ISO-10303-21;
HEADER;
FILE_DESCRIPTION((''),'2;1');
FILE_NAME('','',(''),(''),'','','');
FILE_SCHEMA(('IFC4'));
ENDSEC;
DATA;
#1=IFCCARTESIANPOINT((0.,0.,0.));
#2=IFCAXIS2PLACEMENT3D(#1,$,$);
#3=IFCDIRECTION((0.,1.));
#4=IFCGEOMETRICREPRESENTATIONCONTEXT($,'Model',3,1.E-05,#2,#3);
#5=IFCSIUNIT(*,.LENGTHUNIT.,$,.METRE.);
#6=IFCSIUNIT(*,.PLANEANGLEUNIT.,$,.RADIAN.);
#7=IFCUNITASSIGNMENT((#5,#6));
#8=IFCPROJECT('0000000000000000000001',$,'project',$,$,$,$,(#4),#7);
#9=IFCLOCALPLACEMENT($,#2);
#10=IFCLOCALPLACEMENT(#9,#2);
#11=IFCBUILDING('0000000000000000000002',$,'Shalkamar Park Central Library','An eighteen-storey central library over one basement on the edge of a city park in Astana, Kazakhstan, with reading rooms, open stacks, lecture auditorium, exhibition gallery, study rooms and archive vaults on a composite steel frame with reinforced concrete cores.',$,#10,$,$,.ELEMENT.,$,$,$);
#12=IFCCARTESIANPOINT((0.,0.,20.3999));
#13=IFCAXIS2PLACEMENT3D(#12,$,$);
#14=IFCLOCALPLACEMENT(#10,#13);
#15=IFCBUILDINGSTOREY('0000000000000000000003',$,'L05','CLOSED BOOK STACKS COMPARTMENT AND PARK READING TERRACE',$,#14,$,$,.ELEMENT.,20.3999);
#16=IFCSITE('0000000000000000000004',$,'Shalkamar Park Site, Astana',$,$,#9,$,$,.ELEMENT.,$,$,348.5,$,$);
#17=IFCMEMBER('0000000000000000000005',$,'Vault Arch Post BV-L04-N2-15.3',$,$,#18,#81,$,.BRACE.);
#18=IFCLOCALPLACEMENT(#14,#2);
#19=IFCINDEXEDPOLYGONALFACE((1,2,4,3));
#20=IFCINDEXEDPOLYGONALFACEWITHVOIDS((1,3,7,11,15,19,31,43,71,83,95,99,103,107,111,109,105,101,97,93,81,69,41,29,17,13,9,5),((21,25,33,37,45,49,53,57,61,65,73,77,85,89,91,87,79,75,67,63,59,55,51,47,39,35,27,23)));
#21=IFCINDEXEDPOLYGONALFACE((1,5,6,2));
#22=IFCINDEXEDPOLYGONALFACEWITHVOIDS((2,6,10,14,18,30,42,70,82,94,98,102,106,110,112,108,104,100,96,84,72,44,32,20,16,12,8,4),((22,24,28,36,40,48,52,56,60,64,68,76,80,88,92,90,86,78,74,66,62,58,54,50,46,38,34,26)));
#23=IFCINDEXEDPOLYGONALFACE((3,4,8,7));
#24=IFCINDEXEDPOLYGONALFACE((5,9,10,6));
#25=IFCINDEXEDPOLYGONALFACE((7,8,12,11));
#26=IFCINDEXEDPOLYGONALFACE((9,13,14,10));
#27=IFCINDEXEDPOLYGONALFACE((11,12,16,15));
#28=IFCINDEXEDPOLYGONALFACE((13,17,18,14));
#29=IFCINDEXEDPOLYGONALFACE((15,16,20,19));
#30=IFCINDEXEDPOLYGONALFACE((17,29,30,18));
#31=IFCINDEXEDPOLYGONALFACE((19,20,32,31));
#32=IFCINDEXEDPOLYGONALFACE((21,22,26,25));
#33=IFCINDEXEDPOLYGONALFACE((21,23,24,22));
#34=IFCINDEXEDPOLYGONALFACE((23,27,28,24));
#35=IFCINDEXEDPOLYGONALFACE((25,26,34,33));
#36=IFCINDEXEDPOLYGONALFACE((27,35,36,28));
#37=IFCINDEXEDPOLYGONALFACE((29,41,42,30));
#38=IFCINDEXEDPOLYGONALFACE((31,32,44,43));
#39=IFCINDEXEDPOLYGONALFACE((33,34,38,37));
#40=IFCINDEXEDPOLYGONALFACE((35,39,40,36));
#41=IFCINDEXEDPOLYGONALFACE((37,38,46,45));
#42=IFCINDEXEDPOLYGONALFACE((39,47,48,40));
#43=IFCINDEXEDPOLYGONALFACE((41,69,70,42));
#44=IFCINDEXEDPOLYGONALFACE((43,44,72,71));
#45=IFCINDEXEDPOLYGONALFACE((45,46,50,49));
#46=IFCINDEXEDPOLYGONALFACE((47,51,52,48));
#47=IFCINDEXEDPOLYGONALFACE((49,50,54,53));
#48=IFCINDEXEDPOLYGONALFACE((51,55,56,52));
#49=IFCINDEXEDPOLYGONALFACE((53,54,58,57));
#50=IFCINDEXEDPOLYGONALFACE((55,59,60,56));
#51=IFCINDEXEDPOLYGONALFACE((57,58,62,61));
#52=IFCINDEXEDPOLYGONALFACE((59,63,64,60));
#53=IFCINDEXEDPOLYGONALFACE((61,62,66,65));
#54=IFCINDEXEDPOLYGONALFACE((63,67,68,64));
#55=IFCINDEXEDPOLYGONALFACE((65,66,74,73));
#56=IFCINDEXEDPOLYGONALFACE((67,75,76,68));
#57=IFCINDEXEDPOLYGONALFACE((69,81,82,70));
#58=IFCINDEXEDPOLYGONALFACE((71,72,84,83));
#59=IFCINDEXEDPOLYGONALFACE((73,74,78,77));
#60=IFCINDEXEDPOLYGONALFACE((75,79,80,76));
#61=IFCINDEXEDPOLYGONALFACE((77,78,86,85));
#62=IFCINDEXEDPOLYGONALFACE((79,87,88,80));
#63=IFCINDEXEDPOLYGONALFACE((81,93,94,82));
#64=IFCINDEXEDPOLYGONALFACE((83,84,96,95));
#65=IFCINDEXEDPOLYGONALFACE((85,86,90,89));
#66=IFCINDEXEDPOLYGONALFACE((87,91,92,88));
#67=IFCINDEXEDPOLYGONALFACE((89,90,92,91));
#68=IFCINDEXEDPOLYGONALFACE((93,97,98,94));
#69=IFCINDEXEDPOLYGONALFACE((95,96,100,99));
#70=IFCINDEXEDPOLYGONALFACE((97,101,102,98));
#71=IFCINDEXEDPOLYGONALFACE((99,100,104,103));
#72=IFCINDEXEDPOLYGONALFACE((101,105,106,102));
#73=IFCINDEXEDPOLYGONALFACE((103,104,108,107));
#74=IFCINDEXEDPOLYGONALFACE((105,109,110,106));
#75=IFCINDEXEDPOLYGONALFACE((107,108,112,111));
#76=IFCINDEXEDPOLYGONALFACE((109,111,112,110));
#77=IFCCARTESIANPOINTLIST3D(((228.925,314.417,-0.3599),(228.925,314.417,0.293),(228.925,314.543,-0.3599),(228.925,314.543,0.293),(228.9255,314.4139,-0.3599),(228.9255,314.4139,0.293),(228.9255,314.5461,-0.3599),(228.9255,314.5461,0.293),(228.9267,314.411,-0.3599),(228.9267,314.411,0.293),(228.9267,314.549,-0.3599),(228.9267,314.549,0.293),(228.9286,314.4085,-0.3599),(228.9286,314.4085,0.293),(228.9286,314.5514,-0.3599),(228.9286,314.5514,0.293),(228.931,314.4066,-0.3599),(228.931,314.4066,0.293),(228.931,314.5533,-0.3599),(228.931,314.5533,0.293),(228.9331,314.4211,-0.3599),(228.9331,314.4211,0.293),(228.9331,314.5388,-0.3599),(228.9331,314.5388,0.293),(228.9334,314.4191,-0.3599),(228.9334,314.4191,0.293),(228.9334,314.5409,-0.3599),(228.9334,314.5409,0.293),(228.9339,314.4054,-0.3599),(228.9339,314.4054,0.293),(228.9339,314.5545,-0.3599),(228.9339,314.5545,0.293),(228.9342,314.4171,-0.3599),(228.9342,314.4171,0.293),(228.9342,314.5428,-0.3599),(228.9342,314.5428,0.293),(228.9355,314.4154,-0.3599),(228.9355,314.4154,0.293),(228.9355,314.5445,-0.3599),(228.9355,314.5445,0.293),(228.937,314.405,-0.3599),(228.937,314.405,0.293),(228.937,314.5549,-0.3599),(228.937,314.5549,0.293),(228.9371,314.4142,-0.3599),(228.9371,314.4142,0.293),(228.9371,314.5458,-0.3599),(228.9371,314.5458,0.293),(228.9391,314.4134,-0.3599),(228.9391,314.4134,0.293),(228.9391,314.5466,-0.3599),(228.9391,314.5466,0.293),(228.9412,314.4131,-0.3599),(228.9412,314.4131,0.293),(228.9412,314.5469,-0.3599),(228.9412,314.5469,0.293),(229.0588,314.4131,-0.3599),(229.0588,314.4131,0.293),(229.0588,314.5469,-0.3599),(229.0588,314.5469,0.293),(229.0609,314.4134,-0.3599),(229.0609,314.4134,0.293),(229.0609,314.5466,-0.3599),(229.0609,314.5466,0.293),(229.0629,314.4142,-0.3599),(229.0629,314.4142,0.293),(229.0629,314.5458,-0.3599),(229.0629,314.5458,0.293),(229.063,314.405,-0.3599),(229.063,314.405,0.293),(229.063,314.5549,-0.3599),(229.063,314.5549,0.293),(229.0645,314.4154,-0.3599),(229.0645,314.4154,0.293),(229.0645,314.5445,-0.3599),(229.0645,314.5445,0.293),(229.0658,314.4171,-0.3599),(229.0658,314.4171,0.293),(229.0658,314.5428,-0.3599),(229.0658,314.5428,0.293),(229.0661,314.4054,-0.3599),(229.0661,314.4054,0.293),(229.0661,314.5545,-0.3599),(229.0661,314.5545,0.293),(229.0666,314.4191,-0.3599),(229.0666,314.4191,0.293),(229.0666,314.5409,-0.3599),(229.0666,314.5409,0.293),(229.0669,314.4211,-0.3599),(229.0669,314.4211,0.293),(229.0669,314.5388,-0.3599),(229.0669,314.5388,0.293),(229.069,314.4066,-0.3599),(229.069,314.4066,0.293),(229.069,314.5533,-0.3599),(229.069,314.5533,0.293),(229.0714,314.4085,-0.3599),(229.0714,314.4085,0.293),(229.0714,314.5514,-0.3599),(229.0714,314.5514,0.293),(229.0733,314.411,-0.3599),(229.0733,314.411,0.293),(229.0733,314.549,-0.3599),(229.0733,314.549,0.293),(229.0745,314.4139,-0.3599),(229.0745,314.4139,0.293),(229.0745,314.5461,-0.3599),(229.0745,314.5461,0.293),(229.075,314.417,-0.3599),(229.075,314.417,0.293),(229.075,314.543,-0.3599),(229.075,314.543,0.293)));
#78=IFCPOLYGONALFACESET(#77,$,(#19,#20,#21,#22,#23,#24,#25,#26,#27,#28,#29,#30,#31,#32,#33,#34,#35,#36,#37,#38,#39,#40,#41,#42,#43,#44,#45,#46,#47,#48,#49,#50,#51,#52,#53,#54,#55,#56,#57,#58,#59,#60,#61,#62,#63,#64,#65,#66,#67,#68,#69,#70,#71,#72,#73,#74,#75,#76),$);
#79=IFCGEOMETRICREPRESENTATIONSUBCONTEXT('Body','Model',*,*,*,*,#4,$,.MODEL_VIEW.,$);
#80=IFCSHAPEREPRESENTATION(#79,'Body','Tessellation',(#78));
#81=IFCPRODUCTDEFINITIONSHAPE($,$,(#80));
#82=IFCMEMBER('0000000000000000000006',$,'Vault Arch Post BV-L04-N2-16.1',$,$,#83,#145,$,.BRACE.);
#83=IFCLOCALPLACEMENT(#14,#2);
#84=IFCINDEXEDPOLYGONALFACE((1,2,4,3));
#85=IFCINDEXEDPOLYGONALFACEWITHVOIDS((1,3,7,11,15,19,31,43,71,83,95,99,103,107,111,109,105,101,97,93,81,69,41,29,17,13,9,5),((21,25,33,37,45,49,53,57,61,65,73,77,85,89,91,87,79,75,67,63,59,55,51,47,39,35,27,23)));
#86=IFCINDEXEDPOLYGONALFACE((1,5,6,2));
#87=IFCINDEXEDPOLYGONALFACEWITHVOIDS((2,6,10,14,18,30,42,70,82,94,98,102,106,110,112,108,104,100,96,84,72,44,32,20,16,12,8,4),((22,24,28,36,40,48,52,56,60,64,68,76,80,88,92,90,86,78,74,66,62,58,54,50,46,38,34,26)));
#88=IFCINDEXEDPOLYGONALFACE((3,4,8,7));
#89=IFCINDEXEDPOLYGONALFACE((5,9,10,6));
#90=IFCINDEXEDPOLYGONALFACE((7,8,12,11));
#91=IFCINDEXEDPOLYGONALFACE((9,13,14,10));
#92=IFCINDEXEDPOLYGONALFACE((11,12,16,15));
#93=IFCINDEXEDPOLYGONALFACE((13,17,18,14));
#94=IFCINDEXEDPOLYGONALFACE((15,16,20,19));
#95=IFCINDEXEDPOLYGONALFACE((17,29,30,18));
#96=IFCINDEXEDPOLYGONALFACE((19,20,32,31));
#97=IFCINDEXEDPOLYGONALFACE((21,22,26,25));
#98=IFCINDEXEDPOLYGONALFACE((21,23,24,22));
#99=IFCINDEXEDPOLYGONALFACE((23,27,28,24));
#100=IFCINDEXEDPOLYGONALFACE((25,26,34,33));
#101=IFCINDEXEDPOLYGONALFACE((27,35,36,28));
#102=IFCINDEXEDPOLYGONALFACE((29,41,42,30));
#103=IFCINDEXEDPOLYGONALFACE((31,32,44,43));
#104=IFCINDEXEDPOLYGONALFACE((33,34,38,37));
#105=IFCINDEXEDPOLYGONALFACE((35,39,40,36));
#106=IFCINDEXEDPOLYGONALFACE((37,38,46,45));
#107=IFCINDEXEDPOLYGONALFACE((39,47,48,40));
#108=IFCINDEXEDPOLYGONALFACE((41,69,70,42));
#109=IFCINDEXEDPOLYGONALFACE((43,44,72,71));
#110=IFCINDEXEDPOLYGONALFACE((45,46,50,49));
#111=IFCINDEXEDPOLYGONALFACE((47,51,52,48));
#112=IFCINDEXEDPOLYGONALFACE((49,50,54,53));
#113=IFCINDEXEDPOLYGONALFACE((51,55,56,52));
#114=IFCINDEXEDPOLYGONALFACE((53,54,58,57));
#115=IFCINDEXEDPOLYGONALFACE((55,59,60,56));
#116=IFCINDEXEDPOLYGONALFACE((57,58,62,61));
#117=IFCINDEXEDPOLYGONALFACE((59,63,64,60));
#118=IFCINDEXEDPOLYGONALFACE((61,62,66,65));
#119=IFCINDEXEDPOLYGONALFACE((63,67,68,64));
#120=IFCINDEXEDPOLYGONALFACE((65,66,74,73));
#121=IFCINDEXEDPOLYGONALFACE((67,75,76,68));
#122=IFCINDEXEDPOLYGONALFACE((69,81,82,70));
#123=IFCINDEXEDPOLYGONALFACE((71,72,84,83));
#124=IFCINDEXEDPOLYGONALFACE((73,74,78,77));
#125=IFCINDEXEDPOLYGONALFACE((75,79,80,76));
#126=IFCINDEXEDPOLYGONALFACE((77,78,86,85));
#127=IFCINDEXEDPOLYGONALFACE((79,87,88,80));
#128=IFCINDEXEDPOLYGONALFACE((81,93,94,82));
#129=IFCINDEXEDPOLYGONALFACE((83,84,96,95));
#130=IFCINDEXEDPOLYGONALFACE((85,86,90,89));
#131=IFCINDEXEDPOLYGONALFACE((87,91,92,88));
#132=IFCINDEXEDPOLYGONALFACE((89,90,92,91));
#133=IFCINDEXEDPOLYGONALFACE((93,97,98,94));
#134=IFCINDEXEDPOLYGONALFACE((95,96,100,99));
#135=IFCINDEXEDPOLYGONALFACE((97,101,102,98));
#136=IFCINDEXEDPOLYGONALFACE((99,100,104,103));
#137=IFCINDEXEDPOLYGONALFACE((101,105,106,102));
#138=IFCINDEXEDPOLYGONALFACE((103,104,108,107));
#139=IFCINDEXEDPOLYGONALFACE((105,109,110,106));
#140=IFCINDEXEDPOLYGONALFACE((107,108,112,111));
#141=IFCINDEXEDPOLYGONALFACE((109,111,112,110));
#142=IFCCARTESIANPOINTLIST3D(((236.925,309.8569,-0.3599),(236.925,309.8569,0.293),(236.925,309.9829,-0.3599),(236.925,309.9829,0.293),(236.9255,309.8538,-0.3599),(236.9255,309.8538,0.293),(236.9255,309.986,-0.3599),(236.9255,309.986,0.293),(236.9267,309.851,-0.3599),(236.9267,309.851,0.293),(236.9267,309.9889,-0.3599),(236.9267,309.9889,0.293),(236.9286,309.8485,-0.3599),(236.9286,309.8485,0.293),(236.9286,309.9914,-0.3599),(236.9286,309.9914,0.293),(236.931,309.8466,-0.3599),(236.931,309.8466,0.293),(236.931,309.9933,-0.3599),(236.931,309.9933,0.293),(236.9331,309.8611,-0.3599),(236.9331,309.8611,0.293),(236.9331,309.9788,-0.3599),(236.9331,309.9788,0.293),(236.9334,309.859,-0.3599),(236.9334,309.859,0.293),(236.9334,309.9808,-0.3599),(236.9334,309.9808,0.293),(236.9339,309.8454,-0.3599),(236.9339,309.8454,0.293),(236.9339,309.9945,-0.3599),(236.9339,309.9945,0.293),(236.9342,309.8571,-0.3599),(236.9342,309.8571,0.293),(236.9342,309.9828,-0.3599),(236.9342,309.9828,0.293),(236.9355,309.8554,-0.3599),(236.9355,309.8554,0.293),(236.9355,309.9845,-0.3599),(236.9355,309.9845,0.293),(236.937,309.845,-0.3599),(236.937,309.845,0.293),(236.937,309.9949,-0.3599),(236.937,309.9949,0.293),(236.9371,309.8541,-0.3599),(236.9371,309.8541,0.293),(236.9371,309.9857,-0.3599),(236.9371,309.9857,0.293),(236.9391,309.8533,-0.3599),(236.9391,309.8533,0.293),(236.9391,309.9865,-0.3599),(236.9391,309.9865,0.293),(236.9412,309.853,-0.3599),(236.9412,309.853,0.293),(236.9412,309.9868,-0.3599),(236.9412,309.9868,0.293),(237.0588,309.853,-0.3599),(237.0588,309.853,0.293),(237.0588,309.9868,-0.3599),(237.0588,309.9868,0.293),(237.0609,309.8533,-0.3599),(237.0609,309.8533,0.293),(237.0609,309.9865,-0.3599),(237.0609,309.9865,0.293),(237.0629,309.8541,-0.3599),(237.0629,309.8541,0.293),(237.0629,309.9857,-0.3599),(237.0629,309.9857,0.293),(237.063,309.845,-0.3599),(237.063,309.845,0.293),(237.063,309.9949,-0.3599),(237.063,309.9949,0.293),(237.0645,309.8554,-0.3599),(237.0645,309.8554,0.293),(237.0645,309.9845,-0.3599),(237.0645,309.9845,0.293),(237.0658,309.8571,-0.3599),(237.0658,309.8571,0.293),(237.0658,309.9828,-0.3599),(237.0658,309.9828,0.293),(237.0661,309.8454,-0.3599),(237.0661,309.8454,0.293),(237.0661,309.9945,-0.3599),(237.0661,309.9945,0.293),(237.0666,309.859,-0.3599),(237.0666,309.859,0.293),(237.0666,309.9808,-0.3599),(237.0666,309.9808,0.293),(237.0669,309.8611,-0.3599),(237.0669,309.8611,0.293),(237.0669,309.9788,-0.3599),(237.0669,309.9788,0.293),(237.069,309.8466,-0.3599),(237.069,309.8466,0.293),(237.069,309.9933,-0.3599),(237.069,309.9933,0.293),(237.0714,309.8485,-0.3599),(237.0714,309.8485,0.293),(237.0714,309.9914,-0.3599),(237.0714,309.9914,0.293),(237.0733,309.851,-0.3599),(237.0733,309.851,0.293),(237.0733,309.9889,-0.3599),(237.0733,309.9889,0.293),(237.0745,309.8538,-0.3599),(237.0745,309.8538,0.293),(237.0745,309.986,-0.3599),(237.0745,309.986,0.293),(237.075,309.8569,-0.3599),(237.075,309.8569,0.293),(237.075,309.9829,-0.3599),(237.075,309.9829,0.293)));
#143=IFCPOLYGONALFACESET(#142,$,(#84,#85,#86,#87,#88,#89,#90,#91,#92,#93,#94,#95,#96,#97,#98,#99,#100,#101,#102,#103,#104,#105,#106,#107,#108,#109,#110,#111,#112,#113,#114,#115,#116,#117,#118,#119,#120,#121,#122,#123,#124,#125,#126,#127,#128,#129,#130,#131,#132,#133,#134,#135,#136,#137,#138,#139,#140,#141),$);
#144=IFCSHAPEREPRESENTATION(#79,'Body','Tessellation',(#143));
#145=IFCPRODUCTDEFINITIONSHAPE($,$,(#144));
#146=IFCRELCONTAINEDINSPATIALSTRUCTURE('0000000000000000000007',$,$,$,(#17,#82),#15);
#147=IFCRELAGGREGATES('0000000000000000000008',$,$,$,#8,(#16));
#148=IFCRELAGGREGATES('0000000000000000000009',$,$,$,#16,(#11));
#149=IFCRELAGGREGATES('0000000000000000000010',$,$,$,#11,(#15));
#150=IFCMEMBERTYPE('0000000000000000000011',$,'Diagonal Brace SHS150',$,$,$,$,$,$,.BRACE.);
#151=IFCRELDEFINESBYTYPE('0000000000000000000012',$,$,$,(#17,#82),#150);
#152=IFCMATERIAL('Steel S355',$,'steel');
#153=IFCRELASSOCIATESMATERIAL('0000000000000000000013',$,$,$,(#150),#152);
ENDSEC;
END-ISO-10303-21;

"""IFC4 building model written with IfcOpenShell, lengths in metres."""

from ifc_helpers import new_model, si_unit, direction, frame, origin, origin_2d, place, context, subcontext, project, spatial, hollow_rectangle, extrude, material, material_profile, profile_set, type_object, element, save


model = new_model("IFC4")

# Units and contexts
model_context = context("Model", 3, precision=1e-05, world=origin(), true_north=direction((0.0, 1.0)))
body_context = subcontext(model_context, "Body", "Model", "MODEL_VIEW")
ifc_project = project(units=[si_unit("LENGTHUNIT", "METRE"), si_unit("PLANEANGLEUNIT", "RADIAN")], contexts=[model_context])

# Site, building, storey
site_placement = place(None, origin())
site = spatial("IfcSite", under=ifc_project, at=site_placement, Name="Shalkamar Park Site, Astana", CompositionType="ELEMENT", RefElevation=348.5)
building_placement = place(site_placement, origin())
building = spatial("IfcBuilding", under=site, at=building_placement, Name="Shalkamar Park Central Library", Description="An eighteen-storey central library over one basement on the edge of a city park in Astana, Kazakhstan, with reading rooms, open stacks, lecture auditorium, exhibition gallery, study rooms and archive vaults on a composite steel frame with reinforced concrete cores.", CompositionType="ELEMENT")
storey_placement = place(building_placement, frame((0.0, 0.0, 20.3999)))
storey = spatial("IfcBuildingStorey", under=building, at=storey_placement, Name="L05", Description="CLOSED BOOK STACKS COMPARTMENT AND PARK READING TERRACE", CompositionType="ELEMENT", Elevation=20.3999)

# Members
ifc_material = material(Name="Steel S355", Category="steel")
ifc_material_profile_1 = material_profile(ifc_material, hollow_rectangle(XDim=0.1499, YDim=0.1499, WallThickness=0.0081, InnerFilletRadius=0.0081, OuterFilletRadius=0.012, at=origin_2d()), Name="SHS 150x150x8")
ifc_profile_set_1 = profile_set([ifc_material_profile_1], Name="Steel S355")
member_type_1 = type_object("IfcMemberType", Name="Diagonal Brace SHS150", PredefinedType="BRACE", material=ifc_profile_set_1)
for number, where, z_axis, x_axis, name in (
    (1, (229.0, 314.48, -0.3599), (0.0, 0.0, 1.0), (1.0, 0.0, 0.0), "Vault Arch Post BV-L04-N2-15.3"),
    (2, (237.0, 309.9199, -0.3599), (0.0, 0.0, 1.0), (1.0, 0.0, 0.0), "Vault Arch Post BV-L04-N2-16.1"),
):
    element("IfcMember", number, at=place(storey_placement, frame(where, z_axis=z_axis, x_axis=x_axis)), inside=storey, type_object=member_type_1, Name=name, PredefinedType="BRACE", context=body_context, shape_type="SweptSolid", body=[
        extrude(hollow_rectangle(XDim=0.1499, YDim=0.1499, WallThickness=0.0081, InnerFilletRadius=0.0081, OuterFilletRadius=0.012, at=origin_2d()), origin(), (0.0, 0.0, 1.0), 0.6528),
    ])

save(model, "model.ifc")
